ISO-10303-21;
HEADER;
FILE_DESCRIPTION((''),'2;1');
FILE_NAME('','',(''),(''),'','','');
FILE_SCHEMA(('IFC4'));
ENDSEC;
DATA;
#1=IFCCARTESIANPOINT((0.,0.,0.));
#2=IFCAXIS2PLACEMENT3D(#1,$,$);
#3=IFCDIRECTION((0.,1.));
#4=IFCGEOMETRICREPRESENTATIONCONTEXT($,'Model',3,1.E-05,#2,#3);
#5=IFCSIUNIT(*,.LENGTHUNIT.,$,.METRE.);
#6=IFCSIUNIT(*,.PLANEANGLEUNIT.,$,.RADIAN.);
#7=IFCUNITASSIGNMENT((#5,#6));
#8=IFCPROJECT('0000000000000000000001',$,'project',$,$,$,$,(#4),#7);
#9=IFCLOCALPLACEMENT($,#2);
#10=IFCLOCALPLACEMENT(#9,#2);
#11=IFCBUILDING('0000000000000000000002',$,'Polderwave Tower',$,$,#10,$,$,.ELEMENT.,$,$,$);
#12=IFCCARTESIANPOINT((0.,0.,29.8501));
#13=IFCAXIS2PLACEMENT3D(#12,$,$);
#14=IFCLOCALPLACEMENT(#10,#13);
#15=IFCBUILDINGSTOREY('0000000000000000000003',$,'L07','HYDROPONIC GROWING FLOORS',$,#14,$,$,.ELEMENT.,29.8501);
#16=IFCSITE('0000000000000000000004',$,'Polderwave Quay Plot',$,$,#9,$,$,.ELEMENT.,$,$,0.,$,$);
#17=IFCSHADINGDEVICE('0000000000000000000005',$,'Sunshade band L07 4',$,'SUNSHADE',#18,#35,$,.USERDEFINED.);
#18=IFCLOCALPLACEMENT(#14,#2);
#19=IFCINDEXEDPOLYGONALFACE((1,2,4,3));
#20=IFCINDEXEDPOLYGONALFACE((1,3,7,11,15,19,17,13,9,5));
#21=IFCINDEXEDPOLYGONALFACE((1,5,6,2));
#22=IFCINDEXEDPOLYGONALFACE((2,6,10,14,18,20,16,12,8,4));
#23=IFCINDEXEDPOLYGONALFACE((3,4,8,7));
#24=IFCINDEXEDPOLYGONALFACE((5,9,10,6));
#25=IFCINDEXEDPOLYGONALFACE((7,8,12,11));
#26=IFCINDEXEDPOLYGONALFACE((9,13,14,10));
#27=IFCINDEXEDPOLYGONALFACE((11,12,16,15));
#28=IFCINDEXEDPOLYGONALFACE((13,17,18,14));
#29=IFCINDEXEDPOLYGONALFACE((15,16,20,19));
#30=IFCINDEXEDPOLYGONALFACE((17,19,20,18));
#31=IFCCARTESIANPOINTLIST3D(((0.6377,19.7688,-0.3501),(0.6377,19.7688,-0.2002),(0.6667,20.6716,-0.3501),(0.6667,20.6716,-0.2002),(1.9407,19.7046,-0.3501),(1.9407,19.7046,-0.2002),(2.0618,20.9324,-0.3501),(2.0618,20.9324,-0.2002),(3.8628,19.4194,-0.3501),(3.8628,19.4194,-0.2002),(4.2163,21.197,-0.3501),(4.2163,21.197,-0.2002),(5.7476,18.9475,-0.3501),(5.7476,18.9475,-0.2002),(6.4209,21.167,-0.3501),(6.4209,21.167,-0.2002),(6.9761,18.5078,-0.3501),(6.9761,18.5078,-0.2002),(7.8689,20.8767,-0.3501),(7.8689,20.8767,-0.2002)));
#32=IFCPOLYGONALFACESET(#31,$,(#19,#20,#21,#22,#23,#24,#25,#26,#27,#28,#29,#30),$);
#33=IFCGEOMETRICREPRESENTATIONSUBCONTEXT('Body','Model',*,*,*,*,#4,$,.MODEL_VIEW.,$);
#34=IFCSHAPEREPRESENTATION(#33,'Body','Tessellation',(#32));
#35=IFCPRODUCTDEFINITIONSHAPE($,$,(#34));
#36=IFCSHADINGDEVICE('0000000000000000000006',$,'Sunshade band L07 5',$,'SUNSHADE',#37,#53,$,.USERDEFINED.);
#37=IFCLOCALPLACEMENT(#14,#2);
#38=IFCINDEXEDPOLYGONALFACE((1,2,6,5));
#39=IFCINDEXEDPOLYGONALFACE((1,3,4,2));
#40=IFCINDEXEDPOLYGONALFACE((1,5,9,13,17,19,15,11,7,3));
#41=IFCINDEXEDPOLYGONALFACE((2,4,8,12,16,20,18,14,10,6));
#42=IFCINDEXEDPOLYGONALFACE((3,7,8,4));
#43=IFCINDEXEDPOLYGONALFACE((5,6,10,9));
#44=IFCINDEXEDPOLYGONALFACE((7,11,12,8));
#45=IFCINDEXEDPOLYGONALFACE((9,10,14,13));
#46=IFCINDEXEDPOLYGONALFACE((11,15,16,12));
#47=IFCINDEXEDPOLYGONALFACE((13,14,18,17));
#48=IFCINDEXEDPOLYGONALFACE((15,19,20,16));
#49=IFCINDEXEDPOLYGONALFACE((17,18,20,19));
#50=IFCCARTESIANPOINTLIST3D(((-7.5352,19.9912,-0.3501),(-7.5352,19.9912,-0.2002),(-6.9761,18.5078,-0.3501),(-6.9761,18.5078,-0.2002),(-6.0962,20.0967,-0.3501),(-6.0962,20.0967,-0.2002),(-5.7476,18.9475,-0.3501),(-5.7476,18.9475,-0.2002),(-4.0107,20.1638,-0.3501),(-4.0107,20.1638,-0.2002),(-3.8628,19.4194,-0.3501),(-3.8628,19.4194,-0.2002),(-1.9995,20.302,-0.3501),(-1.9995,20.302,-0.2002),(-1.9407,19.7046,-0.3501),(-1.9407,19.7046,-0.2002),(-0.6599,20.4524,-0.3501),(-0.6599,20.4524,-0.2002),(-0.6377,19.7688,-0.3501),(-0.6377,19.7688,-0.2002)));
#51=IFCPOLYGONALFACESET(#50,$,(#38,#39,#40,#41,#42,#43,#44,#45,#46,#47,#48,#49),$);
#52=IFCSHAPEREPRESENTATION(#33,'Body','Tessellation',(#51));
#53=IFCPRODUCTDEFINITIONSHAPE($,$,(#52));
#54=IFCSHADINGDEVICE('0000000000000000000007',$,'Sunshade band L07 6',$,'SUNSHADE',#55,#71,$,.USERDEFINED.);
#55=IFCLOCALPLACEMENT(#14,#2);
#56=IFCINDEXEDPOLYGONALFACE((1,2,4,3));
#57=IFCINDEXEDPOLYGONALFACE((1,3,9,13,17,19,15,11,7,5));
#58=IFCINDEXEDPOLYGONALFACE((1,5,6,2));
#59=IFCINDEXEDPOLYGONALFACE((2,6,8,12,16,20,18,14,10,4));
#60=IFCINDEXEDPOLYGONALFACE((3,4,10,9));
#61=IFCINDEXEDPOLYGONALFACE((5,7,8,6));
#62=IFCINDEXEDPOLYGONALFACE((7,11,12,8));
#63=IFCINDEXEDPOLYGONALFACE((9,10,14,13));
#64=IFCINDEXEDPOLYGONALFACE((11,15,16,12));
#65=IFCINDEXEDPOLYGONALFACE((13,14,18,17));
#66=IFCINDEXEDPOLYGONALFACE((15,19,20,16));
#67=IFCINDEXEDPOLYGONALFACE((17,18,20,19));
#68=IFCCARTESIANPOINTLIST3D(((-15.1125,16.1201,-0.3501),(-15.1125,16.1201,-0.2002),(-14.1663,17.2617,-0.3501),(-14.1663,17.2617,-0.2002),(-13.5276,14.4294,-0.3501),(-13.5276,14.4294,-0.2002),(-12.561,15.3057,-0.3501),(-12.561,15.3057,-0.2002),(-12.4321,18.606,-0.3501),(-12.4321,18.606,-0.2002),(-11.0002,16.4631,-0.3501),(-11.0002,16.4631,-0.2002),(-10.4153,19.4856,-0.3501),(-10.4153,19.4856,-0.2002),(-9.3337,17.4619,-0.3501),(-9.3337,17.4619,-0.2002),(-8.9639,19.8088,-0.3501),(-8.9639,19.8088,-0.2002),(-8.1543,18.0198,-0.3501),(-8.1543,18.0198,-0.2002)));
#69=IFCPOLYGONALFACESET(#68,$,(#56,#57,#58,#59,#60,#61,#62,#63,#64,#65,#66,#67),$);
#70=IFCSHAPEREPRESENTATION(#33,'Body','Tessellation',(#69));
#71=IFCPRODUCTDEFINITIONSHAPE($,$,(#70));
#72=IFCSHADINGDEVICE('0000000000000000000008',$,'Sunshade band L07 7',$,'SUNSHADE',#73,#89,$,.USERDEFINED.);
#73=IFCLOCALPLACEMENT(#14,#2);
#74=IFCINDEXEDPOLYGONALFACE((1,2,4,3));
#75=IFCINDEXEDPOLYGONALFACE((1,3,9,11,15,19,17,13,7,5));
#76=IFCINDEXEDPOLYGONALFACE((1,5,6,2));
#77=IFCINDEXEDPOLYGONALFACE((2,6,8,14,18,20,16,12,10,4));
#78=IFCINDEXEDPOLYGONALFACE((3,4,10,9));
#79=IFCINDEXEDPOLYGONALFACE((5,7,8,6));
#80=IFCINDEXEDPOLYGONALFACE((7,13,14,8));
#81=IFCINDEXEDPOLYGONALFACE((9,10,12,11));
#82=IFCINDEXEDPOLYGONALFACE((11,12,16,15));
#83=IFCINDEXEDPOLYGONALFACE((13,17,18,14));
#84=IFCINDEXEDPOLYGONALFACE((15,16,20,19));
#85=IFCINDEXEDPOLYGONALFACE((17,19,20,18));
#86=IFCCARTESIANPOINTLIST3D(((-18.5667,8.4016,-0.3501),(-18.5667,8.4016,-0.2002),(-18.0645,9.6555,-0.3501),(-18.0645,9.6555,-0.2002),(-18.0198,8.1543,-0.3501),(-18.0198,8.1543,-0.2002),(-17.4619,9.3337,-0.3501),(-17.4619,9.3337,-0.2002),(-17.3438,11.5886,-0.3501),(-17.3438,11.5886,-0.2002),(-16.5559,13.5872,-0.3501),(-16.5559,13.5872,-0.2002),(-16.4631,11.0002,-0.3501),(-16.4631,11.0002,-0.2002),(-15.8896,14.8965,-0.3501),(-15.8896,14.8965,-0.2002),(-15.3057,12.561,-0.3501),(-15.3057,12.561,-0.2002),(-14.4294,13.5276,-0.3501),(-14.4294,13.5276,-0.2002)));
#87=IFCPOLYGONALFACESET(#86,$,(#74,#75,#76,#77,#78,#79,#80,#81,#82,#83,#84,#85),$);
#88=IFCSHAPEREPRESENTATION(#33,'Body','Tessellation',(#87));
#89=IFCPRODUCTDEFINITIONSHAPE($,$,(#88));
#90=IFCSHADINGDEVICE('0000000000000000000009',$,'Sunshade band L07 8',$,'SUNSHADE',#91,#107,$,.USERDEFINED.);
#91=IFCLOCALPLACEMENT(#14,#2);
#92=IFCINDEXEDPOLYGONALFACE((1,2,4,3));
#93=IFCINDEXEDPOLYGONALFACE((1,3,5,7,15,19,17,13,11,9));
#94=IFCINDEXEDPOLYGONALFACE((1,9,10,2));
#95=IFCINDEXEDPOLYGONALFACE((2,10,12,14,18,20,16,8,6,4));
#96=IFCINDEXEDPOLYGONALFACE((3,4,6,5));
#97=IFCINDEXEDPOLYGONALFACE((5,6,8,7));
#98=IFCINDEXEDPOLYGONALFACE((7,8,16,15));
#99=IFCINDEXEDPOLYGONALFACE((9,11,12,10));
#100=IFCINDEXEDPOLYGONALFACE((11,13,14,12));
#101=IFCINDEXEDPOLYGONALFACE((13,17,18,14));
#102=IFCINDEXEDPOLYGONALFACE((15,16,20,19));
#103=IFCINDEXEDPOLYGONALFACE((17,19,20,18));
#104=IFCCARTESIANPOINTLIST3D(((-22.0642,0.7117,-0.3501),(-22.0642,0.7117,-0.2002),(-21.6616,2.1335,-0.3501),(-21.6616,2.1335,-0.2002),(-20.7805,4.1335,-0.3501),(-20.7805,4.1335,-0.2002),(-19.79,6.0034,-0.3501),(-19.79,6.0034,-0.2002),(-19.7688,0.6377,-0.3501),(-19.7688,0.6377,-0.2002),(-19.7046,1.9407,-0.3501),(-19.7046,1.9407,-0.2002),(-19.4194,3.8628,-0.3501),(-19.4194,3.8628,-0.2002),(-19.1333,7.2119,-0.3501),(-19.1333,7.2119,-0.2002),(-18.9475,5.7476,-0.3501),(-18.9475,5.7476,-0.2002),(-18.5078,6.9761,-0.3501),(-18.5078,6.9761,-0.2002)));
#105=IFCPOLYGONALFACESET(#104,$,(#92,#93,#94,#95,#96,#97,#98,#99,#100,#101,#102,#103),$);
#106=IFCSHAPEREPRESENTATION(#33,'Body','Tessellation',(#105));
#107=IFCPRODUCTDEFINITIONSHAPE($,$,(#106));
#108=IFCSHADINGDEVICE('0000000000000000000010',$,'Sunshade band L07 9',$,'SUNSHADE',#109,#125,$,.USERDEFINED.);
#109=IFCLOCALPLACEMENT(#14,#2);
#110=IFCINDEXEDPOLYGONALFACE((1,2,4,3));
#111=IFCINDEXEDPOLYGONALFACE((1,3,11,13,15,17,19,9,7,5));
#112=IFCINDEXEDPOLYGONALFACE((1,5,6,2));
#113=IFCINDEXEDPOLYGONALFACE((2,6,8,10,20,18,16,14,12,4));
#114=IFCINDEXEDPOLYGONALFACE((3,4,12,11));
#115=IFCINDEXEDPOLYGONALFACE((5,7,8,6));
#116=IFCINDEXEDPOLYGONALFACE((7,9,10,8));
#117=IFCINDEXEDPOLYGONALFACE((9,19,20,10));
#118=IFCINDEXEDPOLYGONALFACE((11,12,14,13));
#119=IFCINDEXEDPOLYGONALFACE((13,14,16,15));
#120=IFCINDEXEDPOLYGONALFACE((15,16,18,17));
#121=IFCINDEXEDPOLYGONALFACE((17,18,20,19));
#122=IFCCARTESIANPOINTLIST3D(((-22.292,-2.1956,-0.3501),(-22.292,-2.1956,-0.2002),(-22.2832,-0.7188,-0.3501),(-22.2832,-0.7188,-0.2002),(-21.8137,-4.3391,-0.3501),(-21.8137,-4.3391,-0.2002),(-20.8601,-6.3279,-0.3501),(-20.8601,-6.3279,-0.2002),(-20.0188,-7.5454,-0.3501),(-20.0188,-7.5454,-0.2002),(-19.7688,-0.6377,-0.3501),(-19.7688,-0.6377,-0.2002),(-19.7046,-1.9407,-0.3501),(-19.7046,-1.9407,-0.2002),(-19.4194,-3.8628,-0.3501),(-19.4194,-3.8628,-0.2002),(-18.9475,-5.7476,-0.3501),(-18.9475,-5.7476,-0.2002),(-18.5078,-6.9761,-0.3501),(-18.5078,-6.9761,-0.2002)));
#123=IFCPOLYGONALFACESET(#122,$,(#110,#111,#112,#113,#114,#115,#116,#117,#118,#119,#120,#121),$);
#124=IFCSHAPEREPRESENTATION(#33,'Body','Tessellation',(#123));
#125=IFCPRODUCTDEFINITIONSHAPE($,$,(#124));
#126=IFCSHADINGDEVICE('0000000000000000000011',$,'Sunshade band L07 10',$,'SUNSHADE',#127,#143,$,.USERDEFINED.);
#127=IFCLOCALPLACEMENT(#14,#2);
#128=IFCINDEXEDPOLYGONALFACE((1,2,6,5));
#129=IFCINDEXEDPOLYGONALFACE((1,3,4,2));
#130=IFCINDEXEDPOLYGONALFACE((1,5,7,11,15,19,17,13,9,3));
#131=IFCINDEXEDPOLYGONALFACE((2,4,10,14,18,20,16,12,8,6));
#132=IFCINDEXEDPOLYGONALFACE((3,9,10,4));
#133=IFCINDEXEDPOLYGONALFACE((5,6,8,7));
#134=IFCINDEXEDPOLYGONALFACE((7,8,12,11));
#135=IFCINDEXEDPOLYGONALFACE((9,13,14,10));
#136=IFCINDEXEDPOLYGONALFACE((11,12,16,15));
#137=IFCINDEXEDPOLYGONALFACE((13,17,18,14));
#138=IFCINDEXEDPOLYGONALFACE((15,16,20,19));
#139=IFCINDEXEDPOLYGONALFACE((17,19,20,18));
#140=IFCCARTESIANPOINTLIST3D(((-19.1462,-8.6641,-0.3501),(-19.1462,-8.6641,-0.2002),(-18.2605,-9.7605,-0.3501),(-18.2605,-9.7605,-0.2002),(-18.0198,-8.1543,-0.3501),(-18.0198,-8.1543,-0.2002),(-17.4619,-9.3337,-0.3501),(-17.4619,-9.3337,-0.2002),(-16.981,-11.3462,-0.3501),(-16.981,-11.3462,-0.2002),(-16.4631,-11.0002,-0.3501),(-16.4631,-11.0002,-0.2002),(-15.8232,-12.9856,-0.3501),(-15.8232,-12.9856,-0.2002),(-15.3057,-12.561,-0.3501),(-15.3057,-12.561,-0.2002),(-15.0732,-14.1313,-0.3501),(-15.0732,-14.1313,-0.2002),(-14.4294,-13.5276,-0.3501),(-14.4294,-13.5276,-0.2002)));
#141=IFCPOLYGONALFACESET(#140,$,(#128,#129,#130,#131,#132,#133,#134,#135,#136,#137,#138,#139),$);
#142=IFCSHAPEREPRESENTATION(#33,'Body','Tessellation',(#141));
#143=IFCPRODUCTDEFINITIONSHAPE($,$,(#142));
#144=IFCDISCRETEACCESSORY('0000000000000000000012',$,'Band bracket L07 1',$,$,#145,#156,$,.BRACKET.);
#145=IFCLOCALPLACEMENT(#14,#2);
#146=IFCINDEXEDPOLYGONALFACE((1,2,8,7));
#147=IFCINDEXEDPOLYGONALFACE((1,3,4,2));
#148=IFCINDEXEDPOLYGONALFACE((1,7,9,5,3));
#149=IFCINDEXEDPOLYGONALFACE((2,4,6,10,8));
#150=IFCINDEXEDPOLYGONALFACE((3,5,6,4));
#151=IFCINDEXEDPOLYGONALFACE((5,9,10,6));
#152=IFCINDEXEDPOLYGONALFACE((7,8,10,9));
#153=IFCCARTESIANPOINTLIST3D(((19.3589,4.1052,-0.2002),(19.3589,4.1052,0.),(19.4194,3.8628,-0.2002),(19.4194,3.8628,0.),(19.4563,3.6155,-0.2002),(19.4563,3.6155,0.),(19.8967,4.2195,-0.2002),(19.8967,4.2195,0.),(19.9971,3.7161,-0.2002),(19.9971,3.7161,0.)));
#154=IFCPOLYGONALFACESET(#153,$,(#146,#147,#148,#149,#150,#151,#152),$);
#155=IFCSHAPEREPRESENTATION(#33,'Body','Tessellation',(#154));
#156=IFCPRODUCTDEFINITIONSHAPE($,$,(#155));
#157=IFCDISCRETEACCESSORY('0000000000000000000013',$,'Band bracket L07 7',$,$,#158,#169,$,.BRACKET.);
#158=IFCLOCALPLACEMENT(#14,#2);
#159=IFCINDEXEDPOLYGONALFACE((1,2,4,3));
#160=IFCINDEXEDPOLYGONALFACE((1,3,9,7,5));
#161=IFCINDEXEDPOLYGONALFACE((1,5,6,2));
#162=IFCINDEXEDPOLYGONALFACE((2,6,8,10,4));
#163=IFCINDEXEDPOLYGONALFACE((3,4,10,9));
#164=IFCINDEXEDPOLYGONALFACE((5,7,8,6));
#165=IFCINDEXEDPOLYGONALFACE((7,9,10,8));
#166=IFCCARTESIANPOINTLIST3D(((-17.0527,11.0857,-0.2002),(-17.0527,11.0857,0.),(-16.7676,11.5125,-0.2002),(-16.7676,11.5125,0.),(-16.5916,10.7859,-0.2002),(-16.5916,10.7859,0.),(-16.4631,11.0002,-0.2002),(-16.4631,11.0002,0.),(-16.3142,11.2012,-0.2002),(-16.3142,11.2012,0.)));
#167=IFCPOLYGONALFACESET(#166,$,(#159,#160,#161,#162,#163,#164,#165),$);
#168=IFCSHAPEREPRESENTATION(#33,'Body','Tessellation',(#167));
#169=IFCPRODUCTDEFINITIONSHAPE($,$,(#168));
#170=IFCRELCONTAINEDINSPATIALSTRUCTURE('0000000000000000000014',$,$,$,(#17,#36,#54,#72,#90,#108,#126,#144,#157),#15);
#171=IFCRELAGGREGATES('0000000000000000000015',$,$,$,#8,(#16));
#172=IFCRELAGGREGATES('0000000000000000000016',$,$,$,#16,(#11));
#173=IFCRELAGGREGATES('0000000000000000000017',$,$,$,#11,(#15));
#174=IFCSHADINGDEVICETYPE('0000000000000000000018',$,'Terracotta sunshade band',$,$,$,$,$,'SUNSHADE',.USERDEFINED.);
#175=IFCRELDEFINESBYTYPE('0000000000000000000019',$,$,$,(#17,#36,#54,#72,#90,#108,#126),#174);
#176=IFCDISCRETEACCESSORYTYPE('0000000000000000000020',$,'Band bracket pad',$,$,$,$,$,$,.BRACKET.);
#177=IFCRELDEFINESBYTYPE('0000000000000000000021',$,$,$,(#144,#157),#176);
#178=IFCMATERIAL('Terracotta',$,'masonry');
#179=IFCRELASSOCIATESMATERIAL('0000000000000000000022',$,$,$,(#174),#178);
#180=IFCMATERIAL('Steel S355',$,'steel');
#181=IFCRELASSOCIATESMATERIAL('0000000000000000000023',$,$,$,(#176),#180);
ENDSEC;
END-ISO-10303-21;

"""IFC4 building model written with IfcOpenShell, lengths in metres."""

from ifc_helpers import new_model, si_unit, direction, frame, origin, place, context, subcontext, project, spatial, polyline, outline, extrude, material, type_object, element, save


model = new_model("IFC4")

# Units and contexts
model_context = context("Model", 3, precision=1e-05, world=origin(), true_north=direction((0.0, 1.0)))
body_context = subcontext(model_context, "Body", "Model", "MODEL_VIEW")
ifc_project = project(units=[si_unit("LENGTHUNIT", "METRE"), si_unit("PLANEANGLEUNIT", "RADIAN")], contexts=[model_context])

# Site, building, storey
site_placement = place(None, origin())
site = spatial("IfcSite", under=ifc_project, at=site_placement, Name="Polderwave Quay Plot", CompositionType="ELEMENT", RefElevation=0.0)
building_placement = place(site_placement, origin())
building = spatial("IfcBuilding", under=site, at=building_placement, Name="Polderwave Tower", CompositionType="ELEMENT")
storey_placement = place(building_placement, frame((0.0, 0.0, 29.8501)))
storey = spatial("IfcBuildingStorey", under=building, at=storey_placement, Name="L07", Description="HYDROPONIC GROWING FLOORS", CompositionType="ELEMENT", Elevation=29.8501)

# Shading devices
ifc_material_1 = material(Name="Terracotta", Category="masonry")
shading_device_type = type_object("IfcShadingDeviceType", Name="Terracotta sunshade band", ElementType="SUNSHADE", PredefinedType="USERDEFINED", material=ifc_material_1)
shading_device_1_placement = place(storey_placement, frame((0.0, 0.0, -0.3501)))
element("IfcShadingDevice", 1, at=shading_device_1_placement, inside=storey, type_object=shading_device_type, Name="Sunshade band L07 4", ObjectType="SUNSHADE", PredefinedType="USERDEFINED", context=body_context, shape_type="SweptSolid", body=[
    extrude(outline(polyline([(6.9761, 18.5078), (5.7476, 18.9475), (3.8628, 19.4194), (1.9407, 19.7046), (0.6377, 19.7688), (0.6667, 20.6716), (2.0618, 20.9324), (4.2163, 21.197), (6.4209, 21.167), (7.8689, 20.8767), (6.9761, 18.5078)])), origin(), (0.0, 0.0, 1.0), 0.1499),
])
shading_device_2_placement = place(storey_placement, frame((0.0, 0.0, -0.3501)))
element("IfcShadingDevice", 2, at=shading_device_2_placement, inside=storey, type_object=shading_device_type, Name="Sunshade band L07 5", ObjectType="SUNSHADE", PredefinedType="USERDEFINED", context=body_context, shape_type="SweptSolid", body=[
    extrude(outline(polyline([(-0.6377, 19.7688), (-1.9407, 19.7046), (-3.8628, 19.4194), (-5.7476, 18.9475), (-6.9761, 18.5078), (-7.5352, 19.9912), (-6.0962, 20.0967), (-4.0107, 20.1638), (-1.9995, 20.302), (-0.6599, 20.4524), (-0.6377, 19.7688)])), origin(), (0.0, 0.0, 1.0), 0.1499),
])
shading_device_3_placement = place(storey_placement, frame((0.0, 0.0, -0.3501)))
element("IfcShadingDevice", 3, at=shading_device_3_placement, inside=storey, type_object=shading_device_type, Name="Sunshade band L07 6", ObjectType="SUNSHADE", PredefinedType="USERDEFINED", context=body_context, shape_type="SweptSolid", body=[
    extrude(outline(polyline([(-8.1543, 18.0198), (-9.3337, 17.4619), (-11.0002, 16.4631), (-12.561, 15.3057), (-13.5276, 14.4294), (-15.1125, 16.1201), (-14.1663, 17.2617), (-12.4321, 18.606), (-10.4153, 19.4856), (-8.9639, 19.8088), (-8.1543, 18.0198)])), origin(), (0.0, 0.0, 1.0), 0.1499),
])
shading_device_4_placement = place(storey_placement, frame((0.0, 0.0, -0.3501)))
element("IfcShadingDevice", 4, at=shading_device_4_placement, inside=storey, type_object=shading_device_type, Name="Sunshade band L07 7", ObjectType="SUNSHADE", PredefinedType="USERDEFINED", context=body_context, shape_type="SweptSolid", body=[
    extrude(outline(polyline([(-14.4294, 13.5276), (-15.3057, 12.561), (-16.4631, 11.0002), (-17.4619, 9.3337), (-18.0198, 8.1543), (-18.5667, 8.4016), (-18.0645, 9.6555), (-17.3438, 11.5886), (-16.5559, 13.5872), (-15.8896, 14.8965), (-14.4294, 13.5276)])), origin(), (0.0, 0.0, 1.0), 0.1499),
])
shading_device_5_placement = place(storey_placement, frame((0.0, 0.0, -0.3501)))
element("IfcShadingDevice", 5, at=shading_device_5_placement, inside=storey, type_object=shading_device_type, Name="Sunshade band L07 8", ObjectType="SUNSHADE", PredefinedType="USERDEFINED", context=body_context, shape_type="SweptSolid", body=[
    extrude(outline(polyline([(-18.5078, 6.9761), (-18.9475, 5.7476), (-19.4194, 3.8628), (-19.7046, 1.9407), (-19.7688, 0.6377), (-22.0642, 0.7117), (-21.6616, 2.1335), (-20.7805, 4.1335), (-19.79, 6.0034), (-19.1333, 7.2119), (-18.5078, 6.9761)])), origin(), (0.0, 0.0, 1.0), 0.1499),
])
shading_device_6_placement = place(storey_placement, frame((0.0, 0.0, -0.3501)))
element("IfcShadingDevice", 6, at=shading_device_6_placement, inside=storey, type_object=shading_device_type, Name="Sunshade band L07 9", ObjectType="SUNSHADE", PredefinedType="USERDEFINED", context=body_context, shape_type="SweptSolid", body=[
    extrude(outline(polyline([(-19.7688, -0.6377), (-19.7046, -1.9407), (-19.4194, -3.8628), (-18.9475, -5.7476), (-18.5078, -6.9761), (-20.0188, -7.5454), (-20.8601, -6.3279), (-21.8137, -4.3391), (-22.292, -2.1956), (-22.2832, -0.7188), (-19.7688, -0.6377)])), origin(), (0.0, 0.0, 1.0), 0.1499),
])
shading_device_7_placement = place(storey_placement, frame((0.0, 0.0, -0.3501)))
element("IfcShadingDevice", 7, at=shading_device_7_placement, inside=storey, type_object=shading_device_type, Name="Sunshade band L07 10", ObjectType="SUNSHADE", PredefinedType="USERDEFINED", context=body_context, shape_type="SweptSolid", body=[
    extrude(outline(polyline([(-18.0198, -8.1543), (-17.4619, -9.3337), (-16.4631, -11.0002), (-15.3057, -12.561), (-14.4294, -13.5276), (-15.0732, -14.1313), (-15.8232, -12.9856), (-16.981, -11.3462), (-18.2605, -9.7605), (-19.1462, -8.6641), (-18.0198, -8.1543)])), origin(), (0.0, 0.0, 1.0), 0.1499),
])

# Discrete accessories
ifc_material_2 = material(Name="Steel S355", Category="steel")
discrete_accessory_type = type_object("IfcDiscreteAccessoryType", Name="Band bracket pad", PredefinedType="BRACKET", material=ifc_material_2)
discrete_accessory_1_placement = place(storey_placement, frame((0.0, 0.0, -0.2002)))
element("IfcDiscreteAccessory", 8, at=discrete_accessory_1_placement, inside=storey, type_object=discrete_accessory_type, Name="Band bracket L07 1", PredefinedType="BRACKET", context=body_context, shape_type="SweptSolid", body=[
    extrude(outline(polyline([(19.4563, 3.6155), (19.4194, 3.8628), (19.3589, 4.1052), (19.8967, 4.2195), (19.9971, 3.7161), (19.4563, 3.6155)])), origin(), (0.0, 0.0, 1.0), 0.2002),
])
discrete_accessory_2_placement = place(storey_placement, frame((0.0, 0.0, -0.2002)))
element("IfcDiscreteAccessory", 9, at=discrete_accessory_2_placement, inside=storey, type_object=discrete_accessory_type, Name="Band bracket L07 7", PredefinedType="BRACKET", context=body_context, shape_type="SweptSolid", body=[
    extrude(outline(polyline([(-16.3142, 11.2012), (-16.4631, 11.0002), (-16.5916, 10.7859), (-17.0527, 11.0857), (-16.7676, 11.5125), (-16.3142, 11.2012)])), origin(), (0.0, 0.0, 1.0), 0.2002),
])

save(model, "model.ifc")
